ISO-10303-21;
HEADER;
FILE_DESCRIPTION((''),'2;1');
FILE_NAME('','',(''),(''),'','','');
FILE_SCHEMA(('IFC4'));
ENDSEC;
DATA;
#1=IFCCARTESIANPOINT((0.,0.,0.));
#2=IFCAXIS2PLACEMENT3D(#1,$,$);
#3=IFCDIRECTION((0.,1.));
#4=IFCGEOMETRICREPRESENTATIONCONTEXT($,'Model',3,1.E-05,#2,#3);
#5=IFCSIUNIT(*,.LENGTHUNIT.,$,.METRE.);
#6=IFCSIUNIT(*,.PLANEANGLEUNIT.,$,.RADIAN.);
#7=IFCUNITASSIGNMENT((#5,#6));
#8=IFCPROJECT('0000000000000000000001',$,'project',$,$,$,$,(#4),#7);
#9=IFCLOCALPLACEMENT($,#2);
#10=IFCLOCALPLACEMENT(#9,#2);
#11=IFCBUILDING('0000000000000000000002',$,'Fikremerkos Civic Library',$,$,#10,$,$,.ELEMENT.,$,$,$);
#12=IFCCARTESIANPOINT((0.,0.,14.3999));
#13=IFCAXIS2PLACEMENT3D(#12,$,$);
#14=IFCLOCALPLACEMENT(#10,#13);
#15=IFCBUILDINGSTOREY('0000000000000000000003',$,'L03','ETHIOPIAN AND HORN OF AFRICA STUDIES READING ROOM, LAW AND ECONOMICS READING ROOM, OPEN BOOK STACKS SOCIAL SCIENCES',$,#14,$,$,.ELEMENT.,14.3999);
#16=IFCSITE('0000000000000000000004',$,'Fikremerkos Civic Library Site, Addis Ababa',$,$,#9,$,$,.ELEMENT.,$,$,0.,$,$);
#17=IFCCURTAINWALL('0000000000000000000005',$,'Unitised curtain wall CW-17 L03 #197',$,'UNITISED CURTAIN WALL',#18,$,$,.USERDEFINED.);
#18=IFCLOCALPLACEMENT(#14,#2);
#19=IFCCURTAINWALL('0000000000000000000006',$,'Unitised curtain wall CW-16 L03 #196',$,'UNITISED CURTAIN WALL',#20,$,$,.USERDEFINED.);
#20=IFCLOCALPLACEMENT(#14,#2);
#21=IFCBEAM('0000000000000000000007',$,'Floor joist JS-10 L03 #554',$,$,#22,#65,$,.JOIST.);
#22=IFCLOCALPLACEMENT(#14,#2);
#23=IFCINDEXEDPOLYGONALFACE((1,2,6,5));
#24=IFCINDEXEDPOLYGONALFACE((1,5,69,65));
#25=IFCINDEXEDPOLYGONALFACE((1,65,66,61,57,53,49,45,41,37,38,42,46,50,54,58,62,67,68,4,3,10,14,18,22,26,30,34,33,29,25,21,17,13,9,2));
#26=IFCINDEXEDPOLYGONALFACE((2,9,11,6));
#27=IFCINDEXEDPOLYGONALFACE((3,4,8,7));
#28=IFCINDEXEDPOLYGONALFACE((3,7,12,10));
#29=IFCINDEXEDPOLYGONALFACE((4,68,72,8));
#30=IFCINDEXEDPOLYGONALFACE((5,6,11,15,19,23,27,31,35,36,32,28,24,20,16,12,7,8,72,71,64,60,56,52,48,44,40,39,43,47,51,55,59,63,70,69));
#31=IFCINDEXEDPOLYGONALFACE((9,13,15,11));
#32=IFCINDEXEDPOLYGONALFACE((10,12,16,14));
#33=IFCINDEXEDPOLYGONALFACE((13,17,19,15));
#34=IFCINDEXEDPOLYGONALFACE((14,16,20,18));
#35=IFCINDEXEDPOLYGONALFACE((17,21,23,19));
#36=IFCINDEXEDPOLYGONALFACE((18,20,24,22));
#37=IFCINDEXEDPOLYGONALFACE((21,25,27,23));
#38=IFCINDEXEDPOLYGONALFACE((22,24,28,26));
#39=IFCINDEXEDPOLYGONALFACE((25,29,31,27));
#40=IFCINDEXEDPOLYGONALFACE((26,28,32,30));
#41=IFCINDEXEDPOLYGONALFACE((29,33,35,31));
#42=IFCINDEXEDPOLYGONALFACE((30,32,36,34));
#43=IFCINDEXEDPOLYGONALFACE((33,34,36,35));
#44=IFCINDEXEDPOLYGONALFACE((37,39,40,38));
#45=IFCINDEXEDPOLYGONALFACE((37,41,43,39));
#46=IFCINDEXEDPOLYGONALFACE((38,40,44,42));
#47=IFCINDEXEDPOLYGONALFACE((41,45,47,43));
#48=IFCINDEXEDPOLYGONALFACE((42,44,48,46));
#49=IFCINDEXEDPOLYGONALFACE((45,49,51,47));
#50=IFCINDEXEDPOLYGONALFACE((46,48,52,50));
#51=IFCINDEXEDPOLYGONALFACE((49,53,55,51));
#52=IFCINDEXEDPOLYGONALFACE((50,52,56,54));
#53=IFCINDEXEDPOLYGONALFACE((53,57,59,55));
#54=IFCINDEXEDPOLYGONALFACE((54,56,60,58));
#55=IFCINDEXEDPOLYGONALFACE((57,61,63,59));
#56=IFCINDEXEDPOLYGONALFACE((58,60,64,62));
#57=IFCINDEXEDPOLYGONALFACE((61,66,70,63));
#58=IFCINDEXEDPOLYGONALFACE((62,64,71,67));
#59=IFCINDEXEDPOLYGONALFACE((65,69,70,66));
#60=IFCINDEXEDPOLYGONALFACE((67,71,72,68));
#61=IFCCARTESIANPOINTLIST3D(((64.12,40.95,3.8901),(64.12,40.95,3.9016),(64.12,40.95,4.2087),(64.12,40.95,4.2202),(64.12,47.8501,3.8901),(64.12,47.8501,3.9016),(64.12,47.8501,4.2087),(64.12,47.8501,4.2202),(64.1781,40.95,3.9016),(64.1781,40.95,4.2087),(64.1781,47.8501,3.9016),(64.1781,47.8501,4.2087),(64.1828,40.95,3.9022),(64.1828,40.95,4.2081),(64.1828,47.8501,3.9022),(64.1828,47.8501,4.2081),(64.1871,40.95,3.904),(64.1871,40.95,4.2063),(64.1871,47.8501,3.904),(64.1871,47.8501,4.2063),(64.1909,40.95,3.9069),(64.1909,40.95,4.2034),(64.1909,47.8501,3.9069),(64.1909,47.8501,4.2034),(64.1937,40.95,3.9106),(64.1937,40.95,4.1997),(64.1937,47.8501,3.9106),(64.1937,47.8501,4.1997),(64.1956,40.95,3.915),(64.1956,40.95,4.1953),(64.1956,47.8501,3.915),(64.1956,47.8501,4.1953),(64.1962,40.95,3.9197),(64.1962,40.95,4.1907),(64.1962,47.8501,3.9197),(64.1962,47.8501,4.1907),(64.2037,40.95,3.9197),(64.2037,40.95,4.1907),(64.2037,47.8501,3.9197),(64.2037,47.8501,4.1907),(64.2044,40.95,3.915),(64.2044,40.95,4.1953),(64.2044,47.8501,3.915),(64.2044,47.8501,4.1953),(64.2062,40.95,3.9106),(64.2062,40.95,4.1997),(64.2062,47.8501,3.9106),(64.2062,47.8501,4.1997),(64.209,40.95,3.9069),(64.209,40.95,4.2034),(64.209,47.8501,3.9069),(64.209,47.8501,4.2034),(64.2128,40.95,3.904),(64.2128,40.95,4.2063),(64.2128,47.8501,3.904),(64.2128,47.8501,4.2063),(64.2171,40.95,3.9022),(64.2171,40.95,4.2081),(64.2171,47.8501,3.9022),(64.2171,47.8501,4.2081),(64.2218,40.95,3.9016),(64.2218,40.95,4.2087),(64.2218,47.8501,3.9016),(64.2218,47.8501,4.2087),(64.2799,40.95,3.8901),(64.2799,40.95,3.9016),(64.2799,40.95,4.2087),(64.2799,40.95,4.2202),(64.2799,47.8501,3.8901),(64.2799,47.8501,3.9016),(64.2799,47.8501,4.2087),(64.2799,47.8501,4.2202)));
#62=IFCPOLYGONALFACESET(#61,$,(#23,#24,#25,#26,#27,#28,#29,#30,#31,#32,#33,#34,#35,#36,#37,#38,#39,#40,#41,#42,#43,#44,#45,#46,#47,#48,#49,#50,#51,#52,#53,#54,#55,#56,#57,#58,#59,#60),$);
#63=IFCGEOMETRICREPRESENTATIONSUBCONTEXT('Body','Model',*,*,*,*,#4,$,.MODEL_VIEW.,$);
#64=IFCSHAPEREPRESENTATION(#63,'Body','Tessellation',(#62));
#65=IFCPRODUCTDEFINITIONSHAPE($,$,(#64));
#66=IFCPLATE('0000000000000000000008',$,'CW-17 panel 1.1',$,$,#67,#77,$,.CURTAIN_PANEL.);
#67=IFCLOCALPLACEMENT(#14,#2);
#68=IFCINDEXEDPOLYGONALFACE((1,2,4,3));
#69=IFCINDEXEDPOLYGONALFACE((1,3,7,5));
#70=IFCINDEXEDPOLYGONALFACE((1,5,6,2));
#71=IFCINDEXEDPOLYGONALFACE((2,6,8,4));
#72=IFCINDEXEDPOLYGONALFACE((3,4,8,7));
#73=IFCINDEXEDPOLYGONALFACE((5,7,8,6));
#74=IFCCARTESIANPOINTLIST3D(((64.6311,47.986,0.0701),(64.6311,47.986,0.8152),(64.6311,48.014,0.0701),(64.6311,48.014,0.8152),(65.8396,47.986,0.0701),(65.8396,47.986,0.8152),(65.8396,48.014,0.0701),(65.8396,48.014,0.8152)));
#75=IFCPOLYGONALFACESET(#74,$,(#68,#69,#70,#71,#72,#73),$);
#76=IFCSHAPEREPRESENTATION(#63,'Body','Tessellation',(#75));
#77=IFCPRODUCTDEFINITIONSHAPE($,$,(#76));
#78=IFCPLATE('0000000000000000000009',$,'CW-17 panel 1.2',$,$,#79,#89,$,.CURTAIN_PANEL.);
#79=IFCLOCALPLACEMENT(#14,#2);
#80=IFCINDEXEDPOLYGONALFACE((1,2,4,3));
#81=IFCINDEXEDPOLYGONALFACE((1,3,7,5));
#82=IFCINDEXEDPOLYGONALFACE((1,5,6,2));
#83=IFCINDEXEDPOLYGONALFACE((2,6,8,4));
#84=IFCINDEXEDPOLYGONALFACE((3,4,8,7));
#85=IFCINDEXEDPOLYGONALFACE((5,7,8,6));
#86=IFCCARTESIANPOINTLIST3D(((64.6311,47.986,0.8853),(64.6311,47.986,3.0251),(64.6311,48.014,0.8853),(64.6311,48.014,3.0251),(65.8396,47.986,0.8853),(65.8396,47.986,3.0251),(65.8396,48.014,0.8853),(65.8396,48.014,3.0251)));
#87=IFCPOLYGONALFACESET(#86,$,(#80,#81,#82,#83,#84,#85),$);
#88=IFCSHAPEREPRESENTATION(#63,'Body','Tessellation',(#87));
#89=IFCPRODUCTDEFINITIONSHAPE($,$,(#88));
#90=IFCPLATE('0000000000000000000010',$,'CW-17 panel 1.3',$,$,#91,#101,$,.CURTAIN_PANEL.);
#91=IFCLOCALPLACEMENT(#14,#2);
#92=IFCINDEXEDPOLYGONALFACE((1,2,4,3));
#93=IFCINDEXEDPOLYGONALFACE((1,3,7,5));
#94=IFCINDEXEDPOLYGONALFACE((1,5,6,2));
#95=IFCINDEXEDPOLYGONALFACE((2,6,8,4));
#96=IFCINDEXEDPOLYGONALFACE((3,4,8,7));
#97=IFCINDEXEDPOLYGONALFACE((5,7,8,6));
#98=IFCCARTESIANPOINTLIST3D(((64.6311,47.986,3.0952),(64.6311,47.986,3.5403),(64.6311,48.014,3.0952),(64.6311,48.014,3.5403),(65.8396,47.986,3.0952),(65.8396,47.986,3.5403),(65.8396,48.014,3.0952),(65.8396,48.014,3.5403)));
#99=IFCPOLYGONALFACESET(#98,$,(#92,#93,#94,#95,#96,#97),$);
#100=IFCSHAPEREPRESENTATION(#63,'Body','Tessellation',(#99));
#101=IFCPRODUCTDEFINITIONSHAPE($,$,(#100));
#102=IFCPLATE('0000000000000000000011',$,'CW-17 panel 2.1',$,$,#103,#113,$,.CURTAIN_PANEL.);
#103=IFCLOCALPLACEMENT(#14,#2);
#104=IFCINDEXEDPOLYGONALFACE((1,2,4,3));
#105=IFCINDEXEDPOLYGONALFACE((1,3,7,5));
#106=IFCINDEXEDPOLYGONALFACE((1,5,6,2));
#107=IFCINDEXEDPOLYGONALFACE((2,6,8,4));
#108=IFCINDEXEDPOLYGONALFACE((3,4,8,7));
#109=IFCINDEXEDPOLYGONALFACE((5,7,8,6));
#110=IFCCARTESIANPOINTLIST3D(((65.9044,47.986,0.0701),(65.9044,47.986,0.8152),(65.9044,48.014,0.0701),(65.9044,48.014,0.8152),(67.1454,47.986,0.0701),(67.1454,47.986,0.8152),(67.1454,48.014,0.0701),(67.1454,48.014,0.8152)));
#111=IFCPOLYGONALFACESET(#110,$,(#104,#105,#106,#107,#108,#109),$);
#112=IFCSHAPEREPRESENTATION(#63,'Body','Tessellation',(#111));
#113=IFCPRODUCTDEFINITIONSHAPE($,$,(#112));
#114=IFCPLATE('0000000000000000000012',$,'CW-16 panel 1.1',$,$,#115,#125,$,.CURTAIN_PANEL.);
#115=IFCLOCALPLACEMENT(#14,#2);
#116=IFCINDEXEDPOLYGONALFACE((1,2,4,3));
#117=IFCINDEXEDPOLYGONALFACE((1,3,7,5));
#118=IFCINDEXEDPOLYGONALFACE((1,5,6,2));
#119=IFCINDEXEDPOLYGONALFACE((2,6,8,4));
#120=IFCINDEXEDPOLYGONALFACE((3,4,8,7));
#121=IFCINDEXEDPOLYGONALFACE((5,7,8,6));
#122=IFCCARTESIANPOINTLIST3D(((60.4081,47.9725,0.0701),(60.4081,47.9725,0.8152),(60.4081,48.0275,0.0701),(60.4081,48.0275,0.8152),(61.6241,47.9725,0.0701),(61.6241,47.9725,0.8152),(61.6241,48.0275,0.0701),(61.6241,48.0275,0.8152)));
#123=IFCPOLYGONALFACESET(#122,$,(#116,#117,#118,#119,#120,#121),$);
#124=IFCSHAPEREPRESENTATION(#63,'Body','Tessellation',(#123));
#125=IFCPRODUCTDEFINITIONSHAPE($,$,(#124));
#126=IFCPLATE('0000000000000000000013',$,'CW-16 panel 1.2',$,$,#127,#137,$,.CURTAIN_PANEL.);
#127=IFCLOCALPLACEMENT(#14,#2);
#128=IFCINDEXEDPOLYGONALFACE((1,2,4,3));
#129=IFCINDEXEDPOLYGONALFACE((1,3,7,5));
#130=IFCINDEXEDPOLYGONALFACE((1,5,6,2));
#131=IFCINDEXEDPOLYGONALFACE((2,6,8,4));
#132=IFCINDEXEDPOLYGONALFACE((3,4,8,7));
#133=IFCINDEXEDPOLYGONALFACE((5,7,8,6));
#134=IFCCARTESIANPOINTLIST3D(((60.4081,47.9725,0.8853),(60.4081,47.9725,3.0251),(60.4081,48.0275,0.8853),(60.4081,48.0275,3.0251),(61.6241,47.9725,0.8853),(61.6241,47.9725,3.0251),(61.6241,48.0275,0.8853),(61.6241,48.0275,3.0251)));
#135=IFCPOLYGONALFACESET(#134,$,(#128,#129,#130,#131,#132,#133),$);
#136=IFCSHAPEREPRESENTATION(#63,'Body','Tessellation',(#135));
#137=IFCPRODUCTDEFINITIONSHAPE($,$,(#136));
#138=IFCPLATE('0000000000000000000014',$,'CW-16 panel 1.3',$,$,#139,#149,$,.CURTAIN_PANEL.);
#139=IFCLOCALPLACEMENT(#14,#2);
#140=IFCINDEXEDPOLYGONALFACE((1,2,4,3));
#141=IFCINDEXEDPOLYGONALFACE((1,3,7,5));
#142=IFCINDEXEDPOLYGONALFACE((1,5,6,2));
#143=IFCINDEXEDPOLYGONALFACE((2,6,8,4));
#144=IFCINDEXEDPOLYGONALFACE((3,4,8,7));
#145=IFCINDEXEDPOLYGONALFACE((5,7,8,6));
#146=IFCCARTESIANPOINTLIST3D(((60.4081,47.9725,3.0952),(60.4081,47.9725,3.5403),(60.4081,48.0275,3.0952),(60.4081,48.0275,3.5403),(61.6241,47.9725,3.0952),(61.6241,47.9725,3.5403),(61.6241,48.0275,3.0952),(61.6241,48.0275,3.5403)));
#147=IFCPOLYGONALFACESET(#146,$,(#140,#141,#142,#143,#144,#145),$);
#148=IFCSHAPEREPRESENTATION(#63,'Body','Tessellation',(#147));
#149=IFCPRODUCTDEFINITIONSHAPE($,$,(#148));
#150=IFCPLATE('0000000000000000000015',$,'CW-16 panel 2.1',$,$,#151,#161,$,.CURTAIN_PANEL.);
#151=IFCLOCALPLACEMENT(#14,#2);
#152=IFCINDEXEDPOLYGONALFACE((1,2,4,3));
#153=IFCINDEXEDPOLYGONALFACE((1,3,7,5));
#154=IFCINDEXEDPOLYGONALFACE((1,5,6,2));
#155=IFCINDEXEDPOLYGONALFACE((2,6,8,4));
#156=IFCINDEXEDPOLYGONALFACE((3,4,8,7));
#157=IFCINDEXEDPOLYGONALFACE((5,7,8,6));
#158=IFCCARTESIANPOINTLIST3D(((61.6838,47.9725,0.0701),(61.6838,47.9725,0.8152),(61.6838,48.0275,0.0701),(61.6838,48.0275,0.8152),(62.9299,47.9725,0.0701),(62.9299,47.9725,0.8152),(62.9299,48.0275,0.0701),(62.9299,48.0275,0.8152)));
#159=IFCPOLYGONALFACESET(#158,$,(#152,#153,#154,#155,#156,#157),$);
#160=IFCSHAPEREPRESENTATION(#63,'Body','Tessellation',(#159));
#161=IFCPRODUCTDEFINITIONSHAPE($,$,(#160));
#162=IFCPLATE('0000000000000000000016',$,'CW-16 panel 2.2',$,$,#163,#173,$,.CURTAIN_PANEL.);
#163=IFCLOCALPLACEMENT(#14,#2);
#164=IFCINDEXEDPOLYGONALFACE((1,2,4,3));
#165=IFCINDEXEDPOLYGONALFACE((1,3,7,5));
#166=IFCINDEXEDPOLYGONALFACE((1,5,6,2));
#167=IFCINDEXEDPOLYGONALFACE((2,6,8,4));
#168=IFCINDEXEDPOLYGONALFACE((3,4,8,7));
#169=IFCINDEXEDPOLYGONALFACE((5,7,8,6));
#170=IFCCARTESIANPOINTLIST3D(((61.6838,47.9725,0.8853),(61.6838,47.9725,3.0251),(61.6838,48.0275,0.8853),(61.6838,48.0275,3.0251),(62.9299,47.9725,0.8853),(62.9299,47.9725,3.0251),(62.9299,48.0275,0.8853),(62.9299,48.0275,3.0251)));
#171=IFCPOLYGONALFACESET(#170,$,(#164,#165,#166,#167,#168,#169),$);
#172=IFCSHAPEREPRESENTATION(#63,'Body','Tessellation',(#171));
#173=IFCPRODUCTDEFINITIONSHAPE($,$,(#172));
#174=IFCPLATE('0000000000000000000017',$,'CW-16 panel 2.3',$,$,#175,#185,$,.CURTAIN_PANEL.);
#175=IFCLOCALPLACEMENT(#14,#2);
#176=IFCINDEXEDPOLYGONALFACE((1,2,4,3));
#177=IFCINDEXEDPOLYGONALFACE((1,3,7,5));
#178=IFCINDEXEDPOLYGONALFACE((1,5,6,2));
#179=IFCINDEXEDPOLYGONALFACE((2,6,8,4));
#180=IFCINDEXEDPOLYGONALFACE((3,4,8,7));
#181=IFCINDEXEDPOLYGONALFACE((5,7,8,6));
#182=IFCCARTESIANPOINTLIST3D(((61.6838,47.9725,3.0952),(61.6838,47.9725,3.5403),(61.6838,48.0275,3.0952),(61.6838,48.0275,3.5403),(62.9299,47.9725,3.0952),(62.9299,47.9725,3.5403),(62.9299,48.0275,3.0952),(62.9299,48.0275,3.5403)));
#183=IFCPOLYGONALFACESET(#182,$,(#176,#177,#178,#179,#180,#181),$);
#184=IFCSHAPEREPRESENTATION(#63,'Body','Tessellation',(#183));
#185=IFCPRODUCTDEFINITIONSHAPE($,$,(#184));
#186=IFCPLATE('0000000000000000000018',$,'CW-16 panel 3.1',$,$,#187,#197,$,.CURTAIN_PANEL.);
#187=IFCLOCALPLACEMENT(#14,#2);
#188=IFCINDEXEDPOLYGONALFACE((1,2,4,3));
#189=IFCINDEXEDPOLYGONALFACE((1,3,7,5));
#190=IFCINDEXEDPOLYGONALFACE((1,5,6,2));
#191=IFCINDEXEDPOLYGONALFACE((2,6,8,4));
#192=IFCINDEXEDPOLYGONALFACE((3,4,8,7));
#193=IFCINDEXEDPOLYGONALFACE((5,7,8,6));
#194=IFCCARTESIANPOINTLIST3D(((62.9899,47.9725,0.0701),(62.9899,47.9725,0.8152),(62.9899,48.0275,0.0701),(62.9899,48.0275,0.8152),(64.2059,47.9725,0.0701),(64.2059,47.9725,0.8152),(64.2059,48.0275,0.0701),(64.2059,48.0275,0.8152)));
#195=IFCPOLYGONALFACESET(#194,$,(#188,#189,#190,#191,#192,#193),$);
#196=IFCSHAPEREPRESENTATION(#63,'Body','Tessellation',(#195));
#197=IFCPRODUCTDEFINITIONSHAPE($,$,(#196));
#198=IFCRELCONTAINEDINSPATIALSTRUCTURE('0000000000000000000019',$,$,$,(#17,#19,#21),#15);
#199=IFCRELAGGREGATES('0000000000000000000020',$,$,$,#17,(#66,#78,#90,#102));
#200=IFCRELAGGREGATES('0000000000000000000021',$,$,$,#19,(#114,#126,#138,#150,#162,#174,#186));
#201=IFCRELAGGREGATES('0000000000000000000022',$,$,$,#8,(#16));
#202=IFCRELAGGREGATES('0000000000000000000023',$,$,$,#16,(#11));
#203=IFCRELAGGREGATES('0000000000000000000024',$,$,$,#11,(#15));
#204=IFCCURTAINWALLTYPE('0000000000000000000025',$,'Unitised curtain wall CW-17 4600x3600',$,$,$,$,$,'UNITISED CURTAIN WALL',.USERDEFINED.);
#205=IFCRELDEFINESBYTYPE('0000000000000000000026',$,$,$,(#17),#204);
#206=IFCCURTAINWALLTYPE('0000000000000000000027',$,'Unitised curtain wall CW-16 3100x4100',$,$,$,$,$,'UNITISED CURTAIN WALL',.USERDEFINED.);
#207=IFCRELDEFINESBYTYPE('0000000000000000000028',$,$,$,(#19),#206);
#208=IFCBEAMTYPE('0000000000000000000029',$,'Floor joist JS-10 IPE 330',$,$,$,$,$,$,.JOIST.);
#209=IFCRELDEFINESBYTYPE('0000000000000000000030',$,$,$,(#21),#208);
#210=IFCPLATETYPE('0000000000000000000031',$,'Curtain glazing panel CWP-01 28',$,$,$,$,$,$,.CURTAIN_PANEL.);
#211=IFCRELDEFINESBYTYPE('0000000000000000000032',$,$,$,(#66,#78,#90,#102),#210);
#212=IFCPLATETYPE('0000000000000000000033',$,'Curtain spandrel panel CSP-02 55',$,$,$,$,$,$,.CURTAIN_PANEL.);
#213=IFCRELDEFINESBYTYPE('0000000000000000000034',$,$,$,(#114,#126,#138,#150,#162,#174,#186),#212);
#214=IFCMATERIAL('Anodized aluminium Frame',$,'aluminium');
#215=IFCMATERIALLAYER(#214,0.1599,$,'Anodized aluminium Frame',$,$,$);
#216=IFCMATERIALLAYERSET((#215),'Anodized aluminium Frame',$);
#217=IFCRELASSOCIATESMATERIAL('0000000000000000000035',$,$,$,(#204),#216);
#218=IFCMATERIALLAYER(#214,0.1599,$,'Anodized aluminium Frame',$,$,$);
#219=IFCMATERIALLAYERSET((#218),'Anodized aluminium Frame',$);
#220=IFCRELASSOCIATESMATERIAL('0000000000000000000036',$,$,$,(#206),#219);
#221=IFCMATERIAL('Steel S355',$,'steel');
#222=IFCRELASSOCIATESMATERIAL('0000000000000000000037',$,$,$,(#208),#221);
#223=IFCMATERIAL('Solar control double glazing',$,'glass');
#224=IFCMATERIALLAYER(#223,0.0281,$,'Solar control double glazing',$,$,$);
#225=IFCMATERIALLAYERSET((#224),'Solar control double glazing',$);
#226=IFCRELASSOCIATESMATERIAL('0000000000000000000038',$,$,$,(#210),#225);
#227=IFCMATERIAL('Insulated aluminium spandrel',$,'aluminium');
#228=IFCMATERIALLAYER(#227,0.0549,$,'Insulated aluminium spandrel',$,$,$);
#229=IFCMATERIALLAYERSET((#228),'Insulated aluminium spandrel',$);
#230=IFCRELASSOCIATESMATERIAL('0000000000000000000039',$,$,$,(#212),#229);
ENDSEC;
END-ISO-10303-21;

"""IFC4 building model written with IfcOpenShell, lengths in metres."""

from ifc_helpers import new_model, si_unit, direction, frame, origin, origin_2d, place, context, subcontext, project, spatial, rectangle, i_section, extrude, material, layer, layer_set, material_profile, profile_set, type_object, element, aggregate, save


model = new_model("IFC4")

# Units and contexts
model_context = context("Model", 3, precision=1e-05, world=origin(), true_north=direction((0.0, 1.0)))
body_context = subcontext(model_context, "Body", "Model", "MODEL_VIEW")
ifc_project = project(units=[si_unit("LENGTHUNIT", "METRE"), si_unit("PLANEANGLEUNIT", "RADIAN")], contexts=[model_context])

# Site, building, storey
site_placement = place(None, origin())
site = spatial("IfcSite", under=ifc_project, at=site_placement, Name="Fikremerkos Civic Library Site, Addis Ababa", CompositionType="ELEMENT", RefElevation=0.0)
building_placement = place(site_placement, origin())
building = spatial("IfcBuilding", under=site, at=building_placement, Name="Fikremerkos Civic Library", CompositionType="ELEMENT")
storey_placement = place(building_placement, frame((0.0, 0.0, 14.3999)))
storey = spatial("IfcBuildingStorey", under=building, at=storey_placement, Name="L03", Description="ETHIOPIAN AND HORN OF AFRICA STUDIES READING ROOM, LAW AND ECONOMICS READING ROOM, OPEN BOOK STACKS SOCIAL SCIENCES", CompositionType="ELEMENT", Elevation=14.3999)

# Curtain walls
ifc_material_1 = material(Name="Anodized aluminium Frame", Category="aluminium")
ifc_layer_1 = layer(ifc_material_1, 0.1599, Name="Anodized aluminium Frame")
ifc_layer_set_1 = layer_set([ifc_layer_1], Name="Anodized aluminium Frame")
curtain_wall_type_1 = type_object("IfcCurtainWallType", Name="Unitised curtain wall CW-17 4600x3600", ElementType="UNITISED CURTAIN WALL", PredefinedType="USERDEFINED", material=ifc_layer_set_1)
curtain_wall_1_placement = place(storey_placement, origin())
curtain_wall_1 = element("IfcCurtainWall", 1, at=curtain_wall_1_placement, inside=storey, type_object=curtain_wall_type_1, Name="Unitised curtain wall CW-17 L03 #197", ObjectType="UNITISED CURTAIN WALL", PredefinedType="USERDEFINED")
ifc_layer_2 = layer(ifc_material_1, 0.1599, Name="Anodized aluminium Frame")
ifc_layer_set_2 = layer_set([ifc_layer_2], Name="Anodized aluminium Frame")
curtain_wall_type_2 = type_object("IfcCurtainWallType", Name="Unitised curtain wall CW-16 3100x4100", ElementType="UNITISED CURTAIN WALL", PredefinedType="USERDEFINED", material=ifc_layer_set_2)
curtain_wall_2_placement = place(storey_placement, origin())
curtain_wall_2 = element("IfcCurtainWall", 2, at=curtain_wall_2_placement, inside=storey, type_object=curtain_wall_type_2, Name="Unitised curtain wall CW-16 L03 #196", ObjectType="UNITISED CURTAIN WALL", PredefinedType="USERDEFINED")

# Beam
ifc_material_2 = material(Name="Steel S355", Category="steel")
ifc_material_profile_1 = material_profile(ifc_material_2, i_section(OverallWidth=0.1599, OverallDepth=0.3301, WebThickness=0.0076, FlangeThickness=0.0115, FilletRadius=0.0181, at=origin_2d()), Name="IPE 330")
ifc_profile_set_1 = profile_set([ifc_material_profile_1], Name="Steel S355")
beam_type = type_object("IfcBeamType", Name="Floor joist JS-10 IPE 330", PredefinedType="JOIST", material=ifc_profile_set_1)
beam_placement = place(storey_placement, frame((64.2, 40.95, 4.0552), z_axis=(0.0, 1.0, 0.0), x_axis=(-1.0, 0.0, 0.0)))
element("IfcBeam", 3, at=beam_placement, inside=storey, type_object=beam_type, Name="Floor joist JS-10 L03 #554", PredefinedType="JOIST", context=body_context, shape_type="SweptSolid", body=[
    extrude(i_section(OverallWidth=0.1599, OverallDepth=0.3301, WebThickness=0.0076, FlangeThickness=0.0115, FilletRadius=0.0181, at=origin_2d()), origin(), (0.0, 0.0, 1.0), 6.9001),
])

# Plates
ifc_material_3 = material(Name="Solar control double glazing", Category="glass")
ifc_layer_3 = layer(ifc_material_3, 0.0281, Name="Solar control double glazing")
ifc_layer_set_3 = layer_set([ifc_layer_3], Name="Solar control double glazing")
plate_type_1 = type_object("IfcPlateType", Name="Curtain glazing panel CWP-01 28", PredefinedType="CURTAIN_PANEL", material=ifc_layer_set_3)
plate_1_placement = place(storey_placement, frame((65.2354, 48.0, 0.0701), z_axis=(0.0, 0.0, 1.0), x_axis=(1.0, 0.0, 0.0)))
plate_1 = element("IfcPlate", 4, at=plate_1_placement, type_object=plate_type_1, Name="CW-17 panel 1.1", PredefinedType="CURTAIN_PANEL", context=body_context, shape_type="SweptSolid", body=[
    extrude(rectangle(XDim=1.2085, YDim=0.0281, at=origin_2d()), origin(), (0.0, 0.0, 1.0), 0.7451),
])
plate_2_placement = place(storey_placement, frame((65.2354, 48.0, 0.8853), z_axis=(0.0, 0.0, 1.0), x_axis=(1.0, 0.0, 0.0)))
plate_2 = element("IfcPlate", 5, at=plate_2_placement, type_object=plate_type_1, Name="CW-17 panel 1.2", PredefinedType="CURTAIN_PANEL", context=body_context, shape_type="SweptSolid", body=[
    extrude(rectangle(XDim=1.2085, YDim=0.0281, at=origin_2d()), origin(), (0.0, 0.0, 1.0), 2.1399),
])
plate_3_placement = place(storey_placement, frame((65.2354, 48.0, 3.0952), z_axis=(0.0, 0.0, 1.0), x_axis=(1.0, 0.0, 0.0)))
plate_3 = element("IfcPlate", 6, at=plate_3_placement, type_object=plate_type_1, Name="CW-17 panel 1.3", PredefinedType="CURTAIN_PANEL", context=body_context, shape_type="SweptSolid", body=[
    extrude(rectangle(XDim=1.2085, YDim=0.0281, at=origin_2d()), origin(), (0.0, 0.0, 1.0), 0.4451),
])
plate_4_placement = place(storey_placement, frame((66.5249, 48.0, 0.0701), z_axis=(0.0, 0.0, 1.0), x_axis=(1.0, 0.0, 0.0)))
plate_4 = element("IfcPlate", 7, at=plate_4_placement, type_object=plate_type_1, Name="CW-17 panel 2.1", PredefinedType="CURTAIN_PANEL", context=body_context, shape_type="SweptSolid", body=[
    extrude(rectangle(XDim=1.241, YDim=0.0281, at=origin_2d()), origin(), (0.0, 0.0, 1.0), 0.7451),
])
aggregate(curtain_wall_1, [plate_1, plate_2, plate_3, plate_4])
ifc_material_4 = material(Name="Insulated aluminium spandrel", Category="aluminium")
ifc_layer_4 = layer(ifc_material_4, 0.0549, Name="Insulated aluminium spandrel")
ifc_layer_set_4 = layer_set([ifc_layer_4], Name="Insulated aluminium spandrel")
plate_type_2 = type_object("IfcPlateType", Name="Curtain spandrel panel CSP-02 55", PredefinedType="CURTAIN_PANEL", material=ifc_layer_set_4)
plate_5_placement = place(storey_placement, frame((61.0161, 48.0, 0.0701), z_axis=(0.0, 0.0, 1.0), x_axis=(1.0, 0.0, 0.0)))
plate_5 = element("IfcPlate", 8, at=plate_5_placement, type_object=plate_type_2, Name="CW-16 panel 1.1", PredefinedType="CURTAIN_PANEL", context=body_context, shape_type="SweptSolid", body=[
    extrude(rectangle(XDim=1.2161, YDim=0.0549, at=origin_2d()), origin(), (0.0, 0.0, 1.0), 0.7451),
])
plate_6_placement = place(storey_placement, frame((61.0161, 48.0, 0.8853), z_axis=(0.0, 0.0, 1.0), x_axis=(1.0, 0.0, 0.0)))
plate_6 = element("IfcPlate", 9, at=plate_6_placement, type_object=plate_type_2, Name="CW-16 panel 1.2", PredefinedType="CURTAIN_PANEL", context=body_context, shape_type="SweptSolid", body=[
    extrude(rectangle(XDim=1.2161, YDim=0.0549, at=origin_2d()), origin(), (0.0, 0.0, 1.0), 2.1399),
])
plate_7_placement = place(storey_placement, frame((61.0161, 48.0, 3.0952), z_axis=(0.0, 0.0, 1.0), x_axis=(1.0, 0.0, 0.0)))
plate_7 = element("IfcPlate", 10, at=plate_7_placement, type_object=plate_type_2, Name="CW-16 panel 1.3", PredefinedType="CURTAIN_PANEL", context=body_context, shape_type="SweptSolid", body=[
    extrude(rectangle(XDim=1.2161, YDim=0.0549, at=origin_2d()), origin(), (0.0, 0.0, 1.0), 0.4451),
])
plate_8_placement = place(storey_placement, frame((62.3069, 48.0, 0.0701), z_axis=(0.0, 0.0, 1.0), x_axis=(1.0, 0.0, 0.0)))
plate_8 = element("IfcPlate", 11, at=plate_8_placement, type_object=plate_type_2, Name="CW-16 panel 2.1", PredefinedType="CURTAIN_PANEL", context=body_context, shape_type="SweptSolid", body=[
    extrude(rectangle(XDim=1.2461, YDim=0.0549, at=origin_2d()), origin(), (0.0, 0.0, 1.0), 0.7451),
])
plate_9_placement = place(storey_placement, frame((62.3069, 48.0, 0.8853), z_axis=(0.0, 0.0, 1.0), x_axis=(1.0, 0.0, 0.0)))
plate_9 = element("IfcPlate", 12, at=plate_9_placement, type_object=plate_type_2, Name="CW-16 panel 2.2", PredefinedType="CURTAIN_PANEL", context=body_context, shape_type="SweptSolid", body=[
    extrude(rectangle(XDim=1.2461, YDim=0.0549, at=origin_2d()), origin(), (0.0, 0.0, 1.0), 2.1399),
])
plate_10_placement = place(storey_placement, frame((62.3069, 48.0, 3.0952), z_axis=(0.0, 0.0, 1.0), x_axis=(1.0, 0.0, 0.0)))
plate_10 = element("IfcPlate", 13, at=plate_10_placement, type_object=plate_type_2, Name="CW-16 panel 2.3", PredefinedType="CURTAIN_PANEL", context=body_context, shape_type="SweptSolid", body=[
    extrude(rectangle(XDim=1.2461, YDim=0.0549, at=origin_2d()), origin(), (0.0, 0.0, 1.0), 0.4451),
])
plate_11_placement = place(storey_placement, frame((63.5979, 48.0, 0.0701), z_axis=(0.0, 0.0, 1.0), x_axis=(1.0, 0.0, 0.0)))
plate_11 = element("IfcPlate", 14, at=plate_11_placement, type_object=plate_type_2, Name="CW-16 panel 3.1", PredefinedType="CURTAIN_PANEL", context=body_context, shape_type="SweptSolid", body=[
    extrude(rectangle(XDim=1.2161, YDim=0.0549, at=origin_2d()), origin(), (0.0, 0.0, 1.0), 0.7451),
])
aggregate(curtain_wall_2, [plate_5, plate_6, plate_7, plate_8, plate_9, plate_10, plate_11])

save(model, "model.ifc")
